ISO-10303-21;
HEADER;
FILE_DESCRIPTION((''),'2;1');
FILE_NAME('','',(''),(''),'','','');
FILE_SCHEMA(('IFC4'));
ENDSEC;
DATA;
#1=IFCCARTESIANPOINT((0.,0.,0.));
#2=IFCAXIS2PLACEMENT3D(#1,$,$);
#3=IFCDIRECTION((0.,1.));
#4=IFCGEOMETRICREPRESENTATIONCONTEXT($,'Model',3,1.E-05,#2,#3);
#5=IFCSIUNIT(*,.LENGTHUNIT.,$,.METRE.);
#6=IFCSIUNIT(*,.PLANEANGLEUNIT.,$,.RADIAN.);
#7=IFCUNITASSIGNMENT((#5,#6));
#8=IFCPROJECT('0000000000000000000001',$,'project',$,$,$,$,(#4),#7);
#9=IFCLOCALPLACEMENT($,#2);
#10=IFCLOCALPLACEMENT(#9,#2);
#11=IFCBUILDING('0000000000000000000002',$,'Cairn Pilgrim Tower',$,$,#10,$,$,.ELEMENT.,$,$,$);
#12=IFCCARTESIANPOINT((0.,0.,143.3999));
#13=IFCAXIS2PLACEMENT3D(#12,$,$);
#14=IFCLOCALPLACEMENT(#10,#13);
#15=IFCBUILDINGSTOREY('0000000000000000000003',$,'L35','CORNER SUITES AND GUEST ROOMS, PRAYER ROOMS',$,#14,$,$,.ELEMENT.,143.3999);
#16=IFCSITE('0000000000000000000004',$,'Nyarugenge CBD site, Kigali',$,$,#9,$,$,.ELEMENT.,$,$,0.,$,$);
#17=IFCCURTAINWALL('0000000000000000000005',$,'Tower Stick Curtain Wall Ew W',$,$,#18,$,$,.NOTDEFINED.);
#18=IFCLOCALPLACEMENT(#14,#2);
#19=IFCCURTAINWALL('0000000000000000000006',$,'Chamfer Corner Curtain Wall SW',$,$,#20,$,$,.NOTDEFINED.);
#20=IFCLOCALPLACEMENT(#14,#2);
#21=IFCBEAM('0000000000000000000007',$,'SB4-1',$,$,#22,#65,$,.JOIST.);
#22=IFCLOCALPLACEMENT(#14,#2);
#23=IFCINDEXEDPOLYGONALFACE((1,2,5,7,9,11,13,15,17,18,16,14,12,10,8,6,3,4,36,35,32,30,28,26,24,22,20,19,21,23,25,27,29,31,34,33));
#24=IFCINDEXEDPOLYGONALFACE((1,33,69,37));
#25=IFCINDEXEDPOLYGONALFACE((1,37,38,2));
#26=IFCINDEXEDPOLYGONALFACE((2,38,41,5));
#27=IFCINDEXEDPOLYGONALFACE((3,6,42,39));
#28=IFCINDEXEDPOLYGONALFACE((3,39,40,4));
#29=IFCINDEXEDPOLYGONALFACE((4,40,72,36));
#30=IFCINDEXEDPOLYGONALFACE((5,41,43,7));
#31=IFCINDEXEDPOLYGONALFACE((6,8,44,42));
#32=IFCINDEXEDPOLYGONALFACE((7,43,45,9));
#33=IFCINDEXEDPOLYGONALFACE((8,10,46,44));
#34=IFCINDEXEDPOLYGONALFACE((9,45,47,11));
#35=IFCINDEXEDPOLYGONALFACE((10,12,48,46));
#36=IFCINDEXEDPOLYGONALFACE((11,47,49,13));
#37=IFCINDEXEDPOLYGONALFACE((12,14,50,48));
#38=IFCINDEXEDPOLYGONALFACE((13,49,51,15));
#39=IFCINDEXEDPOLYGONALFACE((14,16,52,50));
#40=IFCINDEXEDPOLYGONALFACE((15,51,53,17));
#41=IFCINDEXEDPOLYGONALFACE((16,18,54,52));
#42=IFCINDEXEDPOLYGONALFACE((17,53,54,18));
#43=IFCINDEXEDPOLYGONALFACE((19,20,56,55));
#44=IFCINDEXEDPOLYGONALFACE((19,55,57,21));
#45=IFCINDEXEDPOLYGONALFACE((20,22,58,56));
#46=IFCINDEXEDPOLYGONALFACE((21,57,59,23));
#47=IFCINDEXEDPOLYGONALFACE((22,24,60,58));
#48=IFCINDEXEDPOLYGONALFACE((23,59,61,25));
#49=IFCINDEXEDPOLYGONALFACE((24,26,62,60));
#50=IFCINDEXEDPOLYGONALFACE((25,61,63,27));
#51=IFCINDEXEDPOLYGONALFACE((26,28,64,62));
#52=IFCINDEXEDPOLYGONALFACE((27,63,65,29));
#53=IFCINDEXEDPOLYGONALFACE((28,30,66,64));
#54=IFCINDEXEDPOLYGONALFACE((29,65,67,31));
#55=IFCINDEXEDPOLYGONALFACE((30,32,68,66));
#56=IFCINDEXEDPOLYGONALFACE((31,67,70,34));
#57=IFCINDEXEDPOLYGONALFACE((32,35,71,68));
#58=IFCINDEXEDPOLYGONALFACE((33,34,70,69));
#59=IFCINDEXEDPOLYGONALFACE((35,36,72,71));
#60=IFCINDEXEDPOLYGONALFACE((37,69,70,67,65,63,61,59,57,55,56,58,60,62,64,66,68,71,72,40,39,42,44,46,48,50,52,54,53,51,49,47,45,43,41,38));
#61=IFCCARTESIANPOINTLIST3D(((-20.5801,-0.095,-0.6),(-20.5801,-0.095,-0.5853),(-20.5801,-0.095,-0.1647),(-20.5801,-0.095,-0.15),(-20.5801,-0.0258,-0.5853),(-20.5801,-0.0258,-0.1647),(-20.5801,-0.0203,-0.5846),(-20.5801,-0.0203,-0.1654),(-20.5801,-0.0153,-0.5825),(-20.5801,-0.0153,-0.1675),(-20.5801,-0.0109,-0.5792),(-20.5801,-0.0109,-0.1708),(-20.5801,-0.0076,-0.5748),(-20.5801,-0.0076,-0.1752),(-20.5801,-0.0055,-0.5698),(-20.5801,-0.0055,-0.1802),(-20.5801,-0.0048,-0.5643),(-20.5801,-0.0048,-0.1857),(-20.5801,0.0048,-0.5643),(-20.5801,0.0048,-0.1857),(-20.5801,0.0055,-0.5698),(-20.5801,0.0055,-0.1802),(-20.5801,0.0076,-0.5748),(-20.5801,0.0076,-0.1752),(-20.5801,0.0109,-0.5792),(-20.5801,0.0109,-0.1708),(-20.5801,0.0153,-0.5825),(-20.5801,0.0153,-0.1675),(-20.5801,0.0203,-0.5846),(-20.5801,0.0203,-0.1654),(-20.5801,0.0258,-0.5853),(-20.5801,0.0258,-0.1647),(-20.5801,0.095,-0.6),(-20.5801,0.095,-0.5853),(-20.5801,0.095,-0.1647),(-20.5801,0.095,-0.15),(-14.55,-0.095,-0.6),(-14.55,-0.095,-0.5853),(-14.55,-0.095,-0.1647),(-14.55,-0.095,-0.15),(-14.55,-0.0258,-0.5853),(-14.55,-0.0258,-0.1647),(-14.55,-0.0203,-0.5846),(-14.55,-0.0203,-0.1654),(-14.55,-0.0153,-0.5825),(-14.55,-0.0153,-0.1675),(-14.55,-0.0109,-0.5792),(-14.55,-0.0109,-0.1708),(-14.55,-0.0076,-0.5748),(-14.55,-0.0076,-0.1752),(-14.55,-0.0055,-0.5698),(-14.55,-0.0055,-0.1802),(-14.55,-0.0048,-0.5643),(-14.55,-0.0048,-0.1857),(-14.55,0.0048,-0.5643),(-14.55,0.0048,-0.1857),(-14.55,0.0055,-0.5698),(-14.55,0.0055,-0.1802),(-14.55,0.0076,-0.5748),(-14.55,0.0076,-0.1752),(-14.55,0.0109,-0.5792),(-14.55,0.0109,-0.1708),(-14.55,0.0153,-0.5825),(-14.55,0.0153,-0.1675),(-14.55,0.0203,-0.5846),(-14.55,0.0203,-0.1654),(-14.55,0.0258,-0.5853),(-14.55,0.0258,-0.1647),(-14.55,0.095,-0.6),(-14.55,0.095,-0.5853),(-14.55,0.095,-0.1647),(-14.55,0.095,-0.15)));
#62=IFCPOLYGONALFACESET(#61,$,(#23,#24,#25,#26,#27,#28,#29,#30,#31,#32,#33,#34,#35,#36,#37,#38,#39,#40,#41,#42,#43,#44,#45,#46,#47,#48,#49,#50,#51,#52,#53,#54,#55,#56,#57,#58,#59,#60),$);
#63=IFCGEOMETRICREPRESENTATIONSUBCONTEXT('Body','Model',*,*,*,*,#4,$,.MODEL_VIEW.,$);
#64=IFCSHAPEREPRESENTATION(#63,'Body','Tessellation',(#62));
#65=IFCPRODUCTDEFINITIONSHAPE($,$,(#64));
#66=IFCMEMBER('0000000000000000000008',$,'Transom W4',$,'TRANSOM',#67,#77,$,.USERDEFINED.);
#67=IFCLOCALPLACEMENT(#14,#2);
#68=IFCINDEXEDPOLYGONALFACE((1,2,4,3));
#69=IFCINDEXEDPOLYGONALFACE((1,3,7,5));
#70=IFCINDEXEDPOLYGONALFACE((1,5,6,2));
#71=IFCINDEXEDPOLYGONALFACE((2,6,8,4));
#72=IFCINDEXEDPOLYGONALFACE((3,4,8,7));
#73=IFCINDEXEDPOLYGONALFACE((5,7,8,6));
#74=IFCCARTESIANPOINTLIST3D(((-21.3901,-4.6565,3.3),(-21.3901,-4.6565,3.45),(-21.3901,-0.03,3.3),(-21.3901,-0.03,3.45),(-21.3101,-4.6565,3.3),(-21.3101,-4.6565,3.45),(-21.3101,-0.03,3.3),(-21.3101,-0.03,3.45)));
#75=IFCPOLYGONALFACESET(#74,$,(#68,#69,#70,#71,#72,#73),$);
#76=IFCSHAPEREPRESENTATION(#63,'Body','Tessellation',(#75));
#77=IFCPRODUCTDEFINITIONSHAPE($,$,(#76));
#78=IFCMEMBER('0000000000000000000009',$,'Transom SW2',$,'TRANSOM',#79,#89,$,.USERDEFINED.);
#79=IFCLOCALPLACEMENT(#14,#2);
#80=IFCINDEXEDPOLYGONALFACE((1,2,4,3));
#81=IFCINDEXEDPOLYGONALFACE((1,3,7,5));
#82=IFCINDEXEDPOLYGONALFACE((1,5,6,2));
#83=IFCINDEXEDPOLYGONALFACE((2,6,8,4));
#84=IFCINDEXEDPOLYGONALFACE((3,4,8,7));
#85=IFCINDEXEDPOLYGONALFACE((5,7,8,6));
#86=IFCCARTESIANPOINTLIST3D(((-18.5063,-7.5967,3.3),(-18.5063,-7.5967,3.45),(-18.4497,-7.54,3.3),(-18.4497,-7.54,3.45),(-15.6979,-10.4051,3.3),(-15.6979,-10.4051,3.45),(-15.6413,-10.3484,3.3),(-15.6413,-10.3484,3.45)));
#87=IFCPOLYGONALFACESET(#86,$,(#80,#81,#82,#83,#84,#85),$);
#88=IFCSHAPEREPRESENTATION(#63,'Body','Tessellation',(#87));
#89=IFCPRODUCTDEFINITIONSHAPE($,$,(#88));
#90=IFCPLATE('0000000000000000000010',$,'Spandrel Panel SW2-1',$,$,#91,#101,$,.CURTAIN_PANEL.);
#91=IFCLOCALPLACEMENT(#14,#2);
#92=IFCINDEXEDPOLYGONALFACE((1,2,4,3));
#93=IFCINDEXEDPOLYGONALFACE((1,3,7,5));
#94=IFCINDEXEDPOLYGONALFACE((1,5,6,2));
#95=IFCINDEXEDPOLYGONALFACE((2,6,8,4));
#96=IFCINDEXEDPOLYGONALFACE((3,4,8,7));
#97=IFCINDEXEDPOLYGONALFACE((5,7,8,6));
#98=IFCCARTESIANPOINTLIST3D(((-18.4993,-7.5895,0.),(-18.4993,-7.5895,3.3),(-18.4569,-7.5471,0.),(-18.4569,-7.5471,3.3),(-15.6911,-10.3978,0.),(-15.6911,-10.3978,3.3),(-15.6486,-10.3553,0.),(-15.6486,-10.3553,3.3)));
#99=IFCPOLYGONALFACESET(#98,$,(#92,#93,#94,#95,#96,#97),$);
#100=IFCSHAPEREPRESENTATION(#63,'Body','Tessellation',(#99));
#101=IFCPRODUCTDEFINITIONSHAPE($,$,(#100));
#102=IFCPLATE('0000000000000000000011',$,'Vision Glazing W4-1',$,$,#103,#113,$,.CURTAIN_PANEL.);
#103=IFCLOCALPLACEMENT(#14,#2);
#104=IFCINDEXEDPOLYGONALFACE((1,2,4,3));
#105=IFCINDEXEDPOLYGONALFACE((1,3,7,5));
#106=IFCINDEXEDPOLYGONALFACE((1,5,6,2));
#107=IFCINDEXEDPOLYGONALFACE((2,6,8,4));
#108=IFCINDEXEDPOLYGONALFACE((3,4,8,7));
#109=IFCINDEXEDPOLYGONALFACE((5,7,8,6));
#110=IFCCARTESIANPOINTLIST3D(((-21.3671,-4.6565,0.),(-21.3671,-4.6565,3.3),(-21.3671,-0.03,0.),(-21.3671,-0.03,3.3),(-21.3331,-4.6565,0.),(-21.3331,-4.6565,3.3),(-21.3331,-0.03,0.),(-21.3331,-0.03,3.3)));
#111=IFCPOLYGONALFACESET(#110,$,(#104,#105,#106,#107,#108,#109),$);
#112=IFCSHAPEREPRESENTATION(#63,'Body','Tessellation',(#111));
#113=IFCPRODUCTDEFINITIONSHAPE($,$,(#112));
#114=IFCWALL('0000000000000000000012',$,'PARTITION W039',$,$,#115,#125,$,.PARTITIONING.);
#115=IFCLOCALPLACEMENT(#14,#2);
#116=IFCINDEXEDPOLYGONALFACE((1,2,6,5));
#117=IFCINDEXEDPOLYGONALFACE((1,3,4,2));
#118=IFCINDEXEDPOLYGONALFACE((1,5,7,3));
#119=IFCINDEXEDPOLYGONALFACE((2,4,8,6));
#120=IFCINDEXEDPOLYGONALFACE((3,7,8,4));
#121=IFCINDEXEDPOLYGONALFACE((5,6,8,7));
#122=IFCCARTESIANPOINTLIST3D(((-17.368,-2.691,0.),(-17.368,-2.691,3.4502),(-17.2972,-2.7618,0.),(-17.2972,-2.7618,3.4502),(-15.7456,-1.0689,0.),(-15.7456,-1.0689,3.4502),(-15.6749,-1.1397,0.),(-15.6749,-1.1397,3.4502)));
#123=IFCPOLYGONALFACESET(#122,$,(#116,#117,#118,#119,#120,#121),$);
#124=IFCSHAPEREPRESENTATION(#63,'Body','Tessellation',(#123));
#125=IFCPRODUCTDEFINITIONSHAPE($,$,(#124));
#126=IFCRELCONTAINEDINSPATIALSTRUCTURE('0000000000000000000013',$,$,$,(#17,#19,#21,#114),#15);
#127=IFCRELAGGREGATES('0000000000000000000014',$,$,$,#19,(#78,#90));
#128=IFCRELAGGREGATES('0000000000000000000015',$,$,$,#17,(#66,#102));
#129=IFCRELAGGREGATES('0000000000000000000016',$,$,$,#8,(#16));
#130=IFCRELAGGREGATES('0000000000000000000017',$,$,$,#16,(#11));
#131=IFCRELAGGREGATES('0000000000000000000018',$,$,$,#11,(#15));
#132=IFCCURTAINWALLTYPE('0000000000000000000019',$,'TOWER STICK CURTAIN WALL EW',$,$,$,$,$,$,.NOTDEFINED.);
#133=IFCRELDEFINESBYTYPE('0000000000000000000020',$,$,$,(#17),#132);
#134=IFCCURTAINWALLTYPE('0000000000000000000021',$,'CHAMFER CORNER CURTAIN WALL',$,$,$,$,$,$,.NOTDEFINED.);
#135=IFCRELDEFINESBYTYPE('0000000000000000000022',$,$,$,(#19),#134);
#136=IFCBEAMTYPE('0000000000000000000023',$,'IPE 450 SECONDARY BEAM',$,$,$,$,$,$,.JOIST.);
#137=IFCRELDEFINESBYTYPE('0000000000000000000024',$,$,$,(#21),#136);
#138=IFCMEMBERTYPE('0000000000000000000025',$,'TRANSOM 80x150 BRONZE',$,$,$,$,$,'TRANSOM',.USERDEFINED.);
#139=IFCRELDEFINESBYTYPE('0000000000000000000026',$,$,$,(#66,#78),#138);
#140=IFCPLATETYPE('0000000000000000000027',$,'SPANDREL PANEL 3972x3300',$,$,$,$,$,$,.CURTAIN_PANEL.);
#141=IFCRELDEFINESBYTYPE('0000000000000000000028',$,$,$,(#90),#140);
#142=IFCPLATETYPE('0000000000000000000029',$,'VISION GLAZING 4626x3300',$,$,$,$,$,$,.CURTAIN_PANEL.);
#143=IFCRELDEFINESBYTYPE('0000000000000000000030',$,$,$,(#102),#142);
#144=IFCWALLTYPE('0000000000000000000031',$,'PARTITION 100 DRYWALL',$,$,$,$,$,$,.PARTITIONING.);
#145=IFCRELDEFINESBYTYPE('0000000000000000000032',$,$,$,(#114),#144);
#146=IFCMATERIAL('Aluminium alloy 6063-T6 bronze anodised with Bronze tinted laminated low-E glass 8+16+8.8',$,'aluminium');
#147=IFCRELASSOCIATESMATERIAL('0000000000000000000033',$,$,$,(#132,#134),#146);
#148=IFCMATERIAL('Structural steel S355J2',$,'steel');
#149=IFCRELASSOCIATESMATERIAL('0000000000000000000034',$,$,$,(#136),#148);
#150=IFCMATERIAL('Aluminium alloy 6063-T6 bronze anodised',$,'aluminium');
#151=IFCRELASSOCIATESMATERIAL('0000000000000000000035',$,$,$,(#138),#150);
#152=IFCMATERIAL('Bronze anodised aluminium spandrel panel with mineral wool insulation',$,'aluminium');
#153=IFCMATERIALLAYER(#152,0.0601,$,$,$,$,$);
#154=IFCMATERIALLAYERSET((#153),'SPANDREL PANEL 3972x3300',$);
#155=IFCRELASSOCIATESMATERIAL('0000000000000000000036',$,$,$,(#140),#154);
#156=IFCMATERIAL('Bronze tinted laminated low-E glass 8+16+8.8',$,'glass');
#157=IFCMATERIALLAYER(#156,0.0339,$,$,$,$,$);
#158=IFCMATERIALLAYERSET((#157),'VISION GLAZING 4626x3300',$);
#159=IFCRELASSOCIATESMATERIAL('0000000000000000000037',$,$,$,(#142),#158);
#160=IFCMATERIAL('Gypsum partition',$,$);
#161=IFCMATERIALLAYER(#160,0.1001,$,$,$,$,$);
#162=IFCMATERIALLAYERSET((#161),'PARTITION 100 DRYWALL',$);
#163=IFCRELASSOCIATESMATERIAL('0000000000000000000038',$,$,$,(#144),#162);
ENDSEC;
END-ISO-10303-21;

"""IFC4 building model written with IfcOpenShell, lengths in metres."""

from ifc_helpers import new_model, si_unit, direction, frame, frame_2d, origin, origin_2d, place, context, subcontext, project, spatial, rectangle, i_section, extrude, material, layer, layer_set, material_profile, profile_set, type_object, element, aggregate, save


model = new_model("IFC4")

# Units and contexts
model_context = context("Model", 3, precision=1e-05, world=origin(), true_north=direction((0.0, 1.0)))
body_context = subcontext(model_context, "Body", "Model", "MODEL_VIEW")
ifc_project = project(units=[si_unit("LENGTHUNIT", "METRE"), si_unit("PLANEANGLEUNIT", "RADIAN")], contexts=[model_context])

# Site, building, storey
site_placement = place(None, origin())
site = spatial("IfcSite", under=ifc_project, at=site_placement, Name="Nyarugenge CBD site, Kigali", CompositionType="ELEMENT", RefElevation=0.0)
building_placement = place(site_placement, origin())
building = spatial("IfcBuilding", under=site, at=building_placement, Name="Cairn Pilgrim Tower", CompositionType="ELEMENT")
storey_placement = place(building_placement, frame((0.0, 0.0, 143.3999)))
storey = spatial("IfcBuildingStorey", under=building, at=storey_placement, Name="L35", Description="CORNER SUITES AND GUEST ROOMS, PRAYER ROOMS", CompositionType="ELEMENT", Elevation=143.3999)

# Curtain wall
ifc_material_1 = material(Name="Aluminium alloy 6063-T6 bronze anodised with Bronze tinted laminated low-E glass 8+16+8.8", Category="aluminium")
curtain_wall_type_1 = type_object("IfcCurtainWallType", Name="TOWER STICK CURTAIN WALL EW", PredefinedType="NOTDEFINED", material=ifc_material_1)
curtain_wall_1_placement = place(storey_placement, origin())
curtain_wall_1 = element("IfcCurtainWall", 1, at=curtain_wall_1_placement, inside=storey, type_object=curtain_wall_type_1, Name="Tower Stick Curtain Wall Ew W", PredefinedType="NOTDEFINED")
ifc_material_2 = material(Name="Aluminium alloy 6063-T6 bronze anodised", Category="aluminium")

# Curtain wall
curtain_wall_type_2 = type_object("IfcCurtainWallType", Name="CHAMFER CORNER CURTAIN WALL", PredefinedType="NOTDEFINED", material=ifc_material_1)
curtain_wall_2_placement = place(storey_placement, origin())
curtain_wall_2 = element("IfcCurtainWall", 2, at=curtain_wall_2_placement, inside=storey, type_object=curtain_wall_type_2, Name="Chamfer Corner Curtain Wall SW", PredefinedType="NOTDEFINED")

# Beam
ifc_material_3 = material(Name="Structural steel S355J2", Category="steel")
ifc_material_profile_1 = material_profile(ifc_material_3, i_section(OverallWidth=0.1899, OverallDepth=0.45, WebThickness=0.0095, FlangeThickness=0.0146, FilletRadius=0.021, at=origin_2d()), Name="IPE 450")
ifc_profile_set_1 = profile_set([ifc_material_profile_1], Name="Structural steel S355J2")
beam_type_1 = type_object("IfcBeamType", Name="IPE 450 SECONDARY BEAM", PredefinedType="JOIST", material=ifc_profile_set_1)
beam_1_placement = place(storey_placement, frame((-20.5801, 0.0, -0.375), z_axis=(1.0, 0.0, 0.0), x_axis=(0.0, 1.0, 0.0)))
element("IfcBeam", 3, at=beam_1_placement, inside=storey, type_object=beam_type_1, Name="SB4-1", PredefinedType="JOIST", context=body_context, shape_type="SweptSolid", body=[
    extrude(i_section(OverallWidth=0.1899, OverallDepth=0.45, WebThickness=0.0095, FlangeThickness=0.0146, FilletRadius=0.021, at=origin_2d()), origin(), (0.0, 0.0, 1.0), 6.03),
])

# Members
ifc_material_profile_2 = material_profile(ifc_material_2, rectangle(XDim=0.0801, YDim=0.1499, at=origin_2d()), Name="TRANSOM 80x150 BRONZE")
ifc_profile_set_2 = profile_set([ifc_material_profile_2], Name="Aluminium alloy 6063-T6 bronze anodised")
member_type_1 = type_object("IfcMemberType", Name="TRANSOM 80x150 BRONZE", ElementType="TRANSOM", PredefinedType="USERDEFINED", material=ifc_profile_set_2)
member_1_placement = place(storey_placement, frame((-21.3501, -0.03, 3.375), z_axis=(0.0, -1.0, 0.0), x_axis=(1.0, 0.0, 0.0)))
member_1 = element("IfcMember", 4, at=member_1_placement, type_object=member_type_1, Name="Transom W4", ObjectType="TRANSOM", PredefinedType="USERDEFINED", context=body_context, shape_type="SweptSolid", body=[
    extrude(rectangle(XDim=0.0801, YDim=0.1499, at=origin_2d()), origin(), (0.0, 0.0, 1.0), 4.6265),
])
member_2_placement = place(storey_placement, frame((-18.478, -7.5684, 3.375), z_axis=(0.707107, -0.707107, 0.0), x_axis=(0.707107, 0.707107, 0.0)))
member_2 = element("IfcMember", 5, at=member_2_placement, type_object=member_type_1, Name="Transom SW2", ObjectType="TRANSOM", PredefinedType="USERDEFINED", context=body_context, shape_type="SweptSolid", body=[
    extrude(rectangle(XDim=0.0801, YDim=0.1499, at=origin_2d()), origin(), (0.0, 0.0, 1.0), 3.9717),
])

# Plates
ifc_material_4 = material(Name="Bronze anodised aluminium spandrel panel with mineral wool insulation", Category="aluminium")
ifc_layer_1 = layer(ifc_material_4, 0.0601)
ifc_layer_set_1 = layer_set([ifc_layer_1], Name="SPANDREL PANEL 3972x3300")
plate_type_1 = type_object("IfcPlateType", Name="SPANDREL PANEL 3972x3300", PredefinedType="CURTAIN_PANEL", material=ifc_layer_set_1)
plate_1_placement = place(storey_placement, frame((-17.074, -8.9724, 0.0), z_axis=(0.0, 0.0, 1.0), x_axis=(0.707107, -0.707107, 0.0)))
plate_1 = element("IfcPlate", 6, at=plate_1_placement, type_object=plate_type_1, Name="Spandrel Panel SW2-1", PredefinedType="CURTAIN_PANEL", context=body_context, shape_type="SweptSolid", body=[
    extrude(rectangle(XDim=3.9714, YDim=0.0601, at=origin_2d()), origin(), (0.0, 0.0, 1.0), 3.3),
])
aggregate(curtain_wall_2, [member_2, plate_1])
ifc_material_5 = material(Name="Bronze tinted laminated low-E glass 8+16+8.8", Category="glass")
ifc_layer_2 = layer(ifc_material_5, 0.0339)
ifc_layer_set_2 = layer_set([ifc_layer_2], Name="VISION GLAZING 4626x3300")
plate_type_2 = type_object("IfcPlateType", Name="VISION GLAZING 4626x3300", PredefinedType="CURTAIN_PANEL", material=ifc_layer_set_2)
plate_2_placement = place(storey_placement, frame((-21.3501, -2.3433, 0.0), z_axis=(0.0, 0.0, 1.0), x_axis=(0.0, -1.0, 0.0)))
plate_2 = element("IfcPlate", 7, at=plate_2_placement, type_object=plate_type_2, Name="Vision Glazing W4-1", PredefinedType="CURTAIN_PANEL", context=body_context, shape_type="SweptSolid", body=[
    extrude(rectangle(XDim=4.6265, YDim=0.0339, at=origin_2d()), origin(), (0.0, 0.0, 1.0), 3.3),
])
aggregate(curtain_wall_1, [member_1, plate_2])

# Wall
ifc_material_6 = material(Name="Gypsum partition")
ifc_layer_3 = layer(ifc_material_6, 0.1001)
ifc_layer_set_3 = layer_set([ifc_layer_3], Name="PARTITION 100 DRYWALL")
wall_type_1 = type_object("IfcWallType", Name="PARTITION 100 DRYWALL", PredefinedType="PARTITIONING", material=ifc_layer_set_3)
wall_1_placement = place(storey_placement, frame((-17.3325, -2.7263, 0.0), z_axis=(0.0, 0.0, 1.0), x_axis=(0.70716, 0.707054, 0.0)))
element("IfcWall", 8, at=wall_1_placement, inside=storey, type_object=wall_type_1, Name="PARTITION W039", PredefinedType="PARTITIONING", context=body_context, shape_type="SweptSolid", body=[
    extrude(rectangle(XDim=2.2942, YDim=0.1001, at=frame_2d((1.147, 0.0))), origin(), (0.0, 0.0, 1.0), 3.4502),
])

save(model, "model.ifc")
